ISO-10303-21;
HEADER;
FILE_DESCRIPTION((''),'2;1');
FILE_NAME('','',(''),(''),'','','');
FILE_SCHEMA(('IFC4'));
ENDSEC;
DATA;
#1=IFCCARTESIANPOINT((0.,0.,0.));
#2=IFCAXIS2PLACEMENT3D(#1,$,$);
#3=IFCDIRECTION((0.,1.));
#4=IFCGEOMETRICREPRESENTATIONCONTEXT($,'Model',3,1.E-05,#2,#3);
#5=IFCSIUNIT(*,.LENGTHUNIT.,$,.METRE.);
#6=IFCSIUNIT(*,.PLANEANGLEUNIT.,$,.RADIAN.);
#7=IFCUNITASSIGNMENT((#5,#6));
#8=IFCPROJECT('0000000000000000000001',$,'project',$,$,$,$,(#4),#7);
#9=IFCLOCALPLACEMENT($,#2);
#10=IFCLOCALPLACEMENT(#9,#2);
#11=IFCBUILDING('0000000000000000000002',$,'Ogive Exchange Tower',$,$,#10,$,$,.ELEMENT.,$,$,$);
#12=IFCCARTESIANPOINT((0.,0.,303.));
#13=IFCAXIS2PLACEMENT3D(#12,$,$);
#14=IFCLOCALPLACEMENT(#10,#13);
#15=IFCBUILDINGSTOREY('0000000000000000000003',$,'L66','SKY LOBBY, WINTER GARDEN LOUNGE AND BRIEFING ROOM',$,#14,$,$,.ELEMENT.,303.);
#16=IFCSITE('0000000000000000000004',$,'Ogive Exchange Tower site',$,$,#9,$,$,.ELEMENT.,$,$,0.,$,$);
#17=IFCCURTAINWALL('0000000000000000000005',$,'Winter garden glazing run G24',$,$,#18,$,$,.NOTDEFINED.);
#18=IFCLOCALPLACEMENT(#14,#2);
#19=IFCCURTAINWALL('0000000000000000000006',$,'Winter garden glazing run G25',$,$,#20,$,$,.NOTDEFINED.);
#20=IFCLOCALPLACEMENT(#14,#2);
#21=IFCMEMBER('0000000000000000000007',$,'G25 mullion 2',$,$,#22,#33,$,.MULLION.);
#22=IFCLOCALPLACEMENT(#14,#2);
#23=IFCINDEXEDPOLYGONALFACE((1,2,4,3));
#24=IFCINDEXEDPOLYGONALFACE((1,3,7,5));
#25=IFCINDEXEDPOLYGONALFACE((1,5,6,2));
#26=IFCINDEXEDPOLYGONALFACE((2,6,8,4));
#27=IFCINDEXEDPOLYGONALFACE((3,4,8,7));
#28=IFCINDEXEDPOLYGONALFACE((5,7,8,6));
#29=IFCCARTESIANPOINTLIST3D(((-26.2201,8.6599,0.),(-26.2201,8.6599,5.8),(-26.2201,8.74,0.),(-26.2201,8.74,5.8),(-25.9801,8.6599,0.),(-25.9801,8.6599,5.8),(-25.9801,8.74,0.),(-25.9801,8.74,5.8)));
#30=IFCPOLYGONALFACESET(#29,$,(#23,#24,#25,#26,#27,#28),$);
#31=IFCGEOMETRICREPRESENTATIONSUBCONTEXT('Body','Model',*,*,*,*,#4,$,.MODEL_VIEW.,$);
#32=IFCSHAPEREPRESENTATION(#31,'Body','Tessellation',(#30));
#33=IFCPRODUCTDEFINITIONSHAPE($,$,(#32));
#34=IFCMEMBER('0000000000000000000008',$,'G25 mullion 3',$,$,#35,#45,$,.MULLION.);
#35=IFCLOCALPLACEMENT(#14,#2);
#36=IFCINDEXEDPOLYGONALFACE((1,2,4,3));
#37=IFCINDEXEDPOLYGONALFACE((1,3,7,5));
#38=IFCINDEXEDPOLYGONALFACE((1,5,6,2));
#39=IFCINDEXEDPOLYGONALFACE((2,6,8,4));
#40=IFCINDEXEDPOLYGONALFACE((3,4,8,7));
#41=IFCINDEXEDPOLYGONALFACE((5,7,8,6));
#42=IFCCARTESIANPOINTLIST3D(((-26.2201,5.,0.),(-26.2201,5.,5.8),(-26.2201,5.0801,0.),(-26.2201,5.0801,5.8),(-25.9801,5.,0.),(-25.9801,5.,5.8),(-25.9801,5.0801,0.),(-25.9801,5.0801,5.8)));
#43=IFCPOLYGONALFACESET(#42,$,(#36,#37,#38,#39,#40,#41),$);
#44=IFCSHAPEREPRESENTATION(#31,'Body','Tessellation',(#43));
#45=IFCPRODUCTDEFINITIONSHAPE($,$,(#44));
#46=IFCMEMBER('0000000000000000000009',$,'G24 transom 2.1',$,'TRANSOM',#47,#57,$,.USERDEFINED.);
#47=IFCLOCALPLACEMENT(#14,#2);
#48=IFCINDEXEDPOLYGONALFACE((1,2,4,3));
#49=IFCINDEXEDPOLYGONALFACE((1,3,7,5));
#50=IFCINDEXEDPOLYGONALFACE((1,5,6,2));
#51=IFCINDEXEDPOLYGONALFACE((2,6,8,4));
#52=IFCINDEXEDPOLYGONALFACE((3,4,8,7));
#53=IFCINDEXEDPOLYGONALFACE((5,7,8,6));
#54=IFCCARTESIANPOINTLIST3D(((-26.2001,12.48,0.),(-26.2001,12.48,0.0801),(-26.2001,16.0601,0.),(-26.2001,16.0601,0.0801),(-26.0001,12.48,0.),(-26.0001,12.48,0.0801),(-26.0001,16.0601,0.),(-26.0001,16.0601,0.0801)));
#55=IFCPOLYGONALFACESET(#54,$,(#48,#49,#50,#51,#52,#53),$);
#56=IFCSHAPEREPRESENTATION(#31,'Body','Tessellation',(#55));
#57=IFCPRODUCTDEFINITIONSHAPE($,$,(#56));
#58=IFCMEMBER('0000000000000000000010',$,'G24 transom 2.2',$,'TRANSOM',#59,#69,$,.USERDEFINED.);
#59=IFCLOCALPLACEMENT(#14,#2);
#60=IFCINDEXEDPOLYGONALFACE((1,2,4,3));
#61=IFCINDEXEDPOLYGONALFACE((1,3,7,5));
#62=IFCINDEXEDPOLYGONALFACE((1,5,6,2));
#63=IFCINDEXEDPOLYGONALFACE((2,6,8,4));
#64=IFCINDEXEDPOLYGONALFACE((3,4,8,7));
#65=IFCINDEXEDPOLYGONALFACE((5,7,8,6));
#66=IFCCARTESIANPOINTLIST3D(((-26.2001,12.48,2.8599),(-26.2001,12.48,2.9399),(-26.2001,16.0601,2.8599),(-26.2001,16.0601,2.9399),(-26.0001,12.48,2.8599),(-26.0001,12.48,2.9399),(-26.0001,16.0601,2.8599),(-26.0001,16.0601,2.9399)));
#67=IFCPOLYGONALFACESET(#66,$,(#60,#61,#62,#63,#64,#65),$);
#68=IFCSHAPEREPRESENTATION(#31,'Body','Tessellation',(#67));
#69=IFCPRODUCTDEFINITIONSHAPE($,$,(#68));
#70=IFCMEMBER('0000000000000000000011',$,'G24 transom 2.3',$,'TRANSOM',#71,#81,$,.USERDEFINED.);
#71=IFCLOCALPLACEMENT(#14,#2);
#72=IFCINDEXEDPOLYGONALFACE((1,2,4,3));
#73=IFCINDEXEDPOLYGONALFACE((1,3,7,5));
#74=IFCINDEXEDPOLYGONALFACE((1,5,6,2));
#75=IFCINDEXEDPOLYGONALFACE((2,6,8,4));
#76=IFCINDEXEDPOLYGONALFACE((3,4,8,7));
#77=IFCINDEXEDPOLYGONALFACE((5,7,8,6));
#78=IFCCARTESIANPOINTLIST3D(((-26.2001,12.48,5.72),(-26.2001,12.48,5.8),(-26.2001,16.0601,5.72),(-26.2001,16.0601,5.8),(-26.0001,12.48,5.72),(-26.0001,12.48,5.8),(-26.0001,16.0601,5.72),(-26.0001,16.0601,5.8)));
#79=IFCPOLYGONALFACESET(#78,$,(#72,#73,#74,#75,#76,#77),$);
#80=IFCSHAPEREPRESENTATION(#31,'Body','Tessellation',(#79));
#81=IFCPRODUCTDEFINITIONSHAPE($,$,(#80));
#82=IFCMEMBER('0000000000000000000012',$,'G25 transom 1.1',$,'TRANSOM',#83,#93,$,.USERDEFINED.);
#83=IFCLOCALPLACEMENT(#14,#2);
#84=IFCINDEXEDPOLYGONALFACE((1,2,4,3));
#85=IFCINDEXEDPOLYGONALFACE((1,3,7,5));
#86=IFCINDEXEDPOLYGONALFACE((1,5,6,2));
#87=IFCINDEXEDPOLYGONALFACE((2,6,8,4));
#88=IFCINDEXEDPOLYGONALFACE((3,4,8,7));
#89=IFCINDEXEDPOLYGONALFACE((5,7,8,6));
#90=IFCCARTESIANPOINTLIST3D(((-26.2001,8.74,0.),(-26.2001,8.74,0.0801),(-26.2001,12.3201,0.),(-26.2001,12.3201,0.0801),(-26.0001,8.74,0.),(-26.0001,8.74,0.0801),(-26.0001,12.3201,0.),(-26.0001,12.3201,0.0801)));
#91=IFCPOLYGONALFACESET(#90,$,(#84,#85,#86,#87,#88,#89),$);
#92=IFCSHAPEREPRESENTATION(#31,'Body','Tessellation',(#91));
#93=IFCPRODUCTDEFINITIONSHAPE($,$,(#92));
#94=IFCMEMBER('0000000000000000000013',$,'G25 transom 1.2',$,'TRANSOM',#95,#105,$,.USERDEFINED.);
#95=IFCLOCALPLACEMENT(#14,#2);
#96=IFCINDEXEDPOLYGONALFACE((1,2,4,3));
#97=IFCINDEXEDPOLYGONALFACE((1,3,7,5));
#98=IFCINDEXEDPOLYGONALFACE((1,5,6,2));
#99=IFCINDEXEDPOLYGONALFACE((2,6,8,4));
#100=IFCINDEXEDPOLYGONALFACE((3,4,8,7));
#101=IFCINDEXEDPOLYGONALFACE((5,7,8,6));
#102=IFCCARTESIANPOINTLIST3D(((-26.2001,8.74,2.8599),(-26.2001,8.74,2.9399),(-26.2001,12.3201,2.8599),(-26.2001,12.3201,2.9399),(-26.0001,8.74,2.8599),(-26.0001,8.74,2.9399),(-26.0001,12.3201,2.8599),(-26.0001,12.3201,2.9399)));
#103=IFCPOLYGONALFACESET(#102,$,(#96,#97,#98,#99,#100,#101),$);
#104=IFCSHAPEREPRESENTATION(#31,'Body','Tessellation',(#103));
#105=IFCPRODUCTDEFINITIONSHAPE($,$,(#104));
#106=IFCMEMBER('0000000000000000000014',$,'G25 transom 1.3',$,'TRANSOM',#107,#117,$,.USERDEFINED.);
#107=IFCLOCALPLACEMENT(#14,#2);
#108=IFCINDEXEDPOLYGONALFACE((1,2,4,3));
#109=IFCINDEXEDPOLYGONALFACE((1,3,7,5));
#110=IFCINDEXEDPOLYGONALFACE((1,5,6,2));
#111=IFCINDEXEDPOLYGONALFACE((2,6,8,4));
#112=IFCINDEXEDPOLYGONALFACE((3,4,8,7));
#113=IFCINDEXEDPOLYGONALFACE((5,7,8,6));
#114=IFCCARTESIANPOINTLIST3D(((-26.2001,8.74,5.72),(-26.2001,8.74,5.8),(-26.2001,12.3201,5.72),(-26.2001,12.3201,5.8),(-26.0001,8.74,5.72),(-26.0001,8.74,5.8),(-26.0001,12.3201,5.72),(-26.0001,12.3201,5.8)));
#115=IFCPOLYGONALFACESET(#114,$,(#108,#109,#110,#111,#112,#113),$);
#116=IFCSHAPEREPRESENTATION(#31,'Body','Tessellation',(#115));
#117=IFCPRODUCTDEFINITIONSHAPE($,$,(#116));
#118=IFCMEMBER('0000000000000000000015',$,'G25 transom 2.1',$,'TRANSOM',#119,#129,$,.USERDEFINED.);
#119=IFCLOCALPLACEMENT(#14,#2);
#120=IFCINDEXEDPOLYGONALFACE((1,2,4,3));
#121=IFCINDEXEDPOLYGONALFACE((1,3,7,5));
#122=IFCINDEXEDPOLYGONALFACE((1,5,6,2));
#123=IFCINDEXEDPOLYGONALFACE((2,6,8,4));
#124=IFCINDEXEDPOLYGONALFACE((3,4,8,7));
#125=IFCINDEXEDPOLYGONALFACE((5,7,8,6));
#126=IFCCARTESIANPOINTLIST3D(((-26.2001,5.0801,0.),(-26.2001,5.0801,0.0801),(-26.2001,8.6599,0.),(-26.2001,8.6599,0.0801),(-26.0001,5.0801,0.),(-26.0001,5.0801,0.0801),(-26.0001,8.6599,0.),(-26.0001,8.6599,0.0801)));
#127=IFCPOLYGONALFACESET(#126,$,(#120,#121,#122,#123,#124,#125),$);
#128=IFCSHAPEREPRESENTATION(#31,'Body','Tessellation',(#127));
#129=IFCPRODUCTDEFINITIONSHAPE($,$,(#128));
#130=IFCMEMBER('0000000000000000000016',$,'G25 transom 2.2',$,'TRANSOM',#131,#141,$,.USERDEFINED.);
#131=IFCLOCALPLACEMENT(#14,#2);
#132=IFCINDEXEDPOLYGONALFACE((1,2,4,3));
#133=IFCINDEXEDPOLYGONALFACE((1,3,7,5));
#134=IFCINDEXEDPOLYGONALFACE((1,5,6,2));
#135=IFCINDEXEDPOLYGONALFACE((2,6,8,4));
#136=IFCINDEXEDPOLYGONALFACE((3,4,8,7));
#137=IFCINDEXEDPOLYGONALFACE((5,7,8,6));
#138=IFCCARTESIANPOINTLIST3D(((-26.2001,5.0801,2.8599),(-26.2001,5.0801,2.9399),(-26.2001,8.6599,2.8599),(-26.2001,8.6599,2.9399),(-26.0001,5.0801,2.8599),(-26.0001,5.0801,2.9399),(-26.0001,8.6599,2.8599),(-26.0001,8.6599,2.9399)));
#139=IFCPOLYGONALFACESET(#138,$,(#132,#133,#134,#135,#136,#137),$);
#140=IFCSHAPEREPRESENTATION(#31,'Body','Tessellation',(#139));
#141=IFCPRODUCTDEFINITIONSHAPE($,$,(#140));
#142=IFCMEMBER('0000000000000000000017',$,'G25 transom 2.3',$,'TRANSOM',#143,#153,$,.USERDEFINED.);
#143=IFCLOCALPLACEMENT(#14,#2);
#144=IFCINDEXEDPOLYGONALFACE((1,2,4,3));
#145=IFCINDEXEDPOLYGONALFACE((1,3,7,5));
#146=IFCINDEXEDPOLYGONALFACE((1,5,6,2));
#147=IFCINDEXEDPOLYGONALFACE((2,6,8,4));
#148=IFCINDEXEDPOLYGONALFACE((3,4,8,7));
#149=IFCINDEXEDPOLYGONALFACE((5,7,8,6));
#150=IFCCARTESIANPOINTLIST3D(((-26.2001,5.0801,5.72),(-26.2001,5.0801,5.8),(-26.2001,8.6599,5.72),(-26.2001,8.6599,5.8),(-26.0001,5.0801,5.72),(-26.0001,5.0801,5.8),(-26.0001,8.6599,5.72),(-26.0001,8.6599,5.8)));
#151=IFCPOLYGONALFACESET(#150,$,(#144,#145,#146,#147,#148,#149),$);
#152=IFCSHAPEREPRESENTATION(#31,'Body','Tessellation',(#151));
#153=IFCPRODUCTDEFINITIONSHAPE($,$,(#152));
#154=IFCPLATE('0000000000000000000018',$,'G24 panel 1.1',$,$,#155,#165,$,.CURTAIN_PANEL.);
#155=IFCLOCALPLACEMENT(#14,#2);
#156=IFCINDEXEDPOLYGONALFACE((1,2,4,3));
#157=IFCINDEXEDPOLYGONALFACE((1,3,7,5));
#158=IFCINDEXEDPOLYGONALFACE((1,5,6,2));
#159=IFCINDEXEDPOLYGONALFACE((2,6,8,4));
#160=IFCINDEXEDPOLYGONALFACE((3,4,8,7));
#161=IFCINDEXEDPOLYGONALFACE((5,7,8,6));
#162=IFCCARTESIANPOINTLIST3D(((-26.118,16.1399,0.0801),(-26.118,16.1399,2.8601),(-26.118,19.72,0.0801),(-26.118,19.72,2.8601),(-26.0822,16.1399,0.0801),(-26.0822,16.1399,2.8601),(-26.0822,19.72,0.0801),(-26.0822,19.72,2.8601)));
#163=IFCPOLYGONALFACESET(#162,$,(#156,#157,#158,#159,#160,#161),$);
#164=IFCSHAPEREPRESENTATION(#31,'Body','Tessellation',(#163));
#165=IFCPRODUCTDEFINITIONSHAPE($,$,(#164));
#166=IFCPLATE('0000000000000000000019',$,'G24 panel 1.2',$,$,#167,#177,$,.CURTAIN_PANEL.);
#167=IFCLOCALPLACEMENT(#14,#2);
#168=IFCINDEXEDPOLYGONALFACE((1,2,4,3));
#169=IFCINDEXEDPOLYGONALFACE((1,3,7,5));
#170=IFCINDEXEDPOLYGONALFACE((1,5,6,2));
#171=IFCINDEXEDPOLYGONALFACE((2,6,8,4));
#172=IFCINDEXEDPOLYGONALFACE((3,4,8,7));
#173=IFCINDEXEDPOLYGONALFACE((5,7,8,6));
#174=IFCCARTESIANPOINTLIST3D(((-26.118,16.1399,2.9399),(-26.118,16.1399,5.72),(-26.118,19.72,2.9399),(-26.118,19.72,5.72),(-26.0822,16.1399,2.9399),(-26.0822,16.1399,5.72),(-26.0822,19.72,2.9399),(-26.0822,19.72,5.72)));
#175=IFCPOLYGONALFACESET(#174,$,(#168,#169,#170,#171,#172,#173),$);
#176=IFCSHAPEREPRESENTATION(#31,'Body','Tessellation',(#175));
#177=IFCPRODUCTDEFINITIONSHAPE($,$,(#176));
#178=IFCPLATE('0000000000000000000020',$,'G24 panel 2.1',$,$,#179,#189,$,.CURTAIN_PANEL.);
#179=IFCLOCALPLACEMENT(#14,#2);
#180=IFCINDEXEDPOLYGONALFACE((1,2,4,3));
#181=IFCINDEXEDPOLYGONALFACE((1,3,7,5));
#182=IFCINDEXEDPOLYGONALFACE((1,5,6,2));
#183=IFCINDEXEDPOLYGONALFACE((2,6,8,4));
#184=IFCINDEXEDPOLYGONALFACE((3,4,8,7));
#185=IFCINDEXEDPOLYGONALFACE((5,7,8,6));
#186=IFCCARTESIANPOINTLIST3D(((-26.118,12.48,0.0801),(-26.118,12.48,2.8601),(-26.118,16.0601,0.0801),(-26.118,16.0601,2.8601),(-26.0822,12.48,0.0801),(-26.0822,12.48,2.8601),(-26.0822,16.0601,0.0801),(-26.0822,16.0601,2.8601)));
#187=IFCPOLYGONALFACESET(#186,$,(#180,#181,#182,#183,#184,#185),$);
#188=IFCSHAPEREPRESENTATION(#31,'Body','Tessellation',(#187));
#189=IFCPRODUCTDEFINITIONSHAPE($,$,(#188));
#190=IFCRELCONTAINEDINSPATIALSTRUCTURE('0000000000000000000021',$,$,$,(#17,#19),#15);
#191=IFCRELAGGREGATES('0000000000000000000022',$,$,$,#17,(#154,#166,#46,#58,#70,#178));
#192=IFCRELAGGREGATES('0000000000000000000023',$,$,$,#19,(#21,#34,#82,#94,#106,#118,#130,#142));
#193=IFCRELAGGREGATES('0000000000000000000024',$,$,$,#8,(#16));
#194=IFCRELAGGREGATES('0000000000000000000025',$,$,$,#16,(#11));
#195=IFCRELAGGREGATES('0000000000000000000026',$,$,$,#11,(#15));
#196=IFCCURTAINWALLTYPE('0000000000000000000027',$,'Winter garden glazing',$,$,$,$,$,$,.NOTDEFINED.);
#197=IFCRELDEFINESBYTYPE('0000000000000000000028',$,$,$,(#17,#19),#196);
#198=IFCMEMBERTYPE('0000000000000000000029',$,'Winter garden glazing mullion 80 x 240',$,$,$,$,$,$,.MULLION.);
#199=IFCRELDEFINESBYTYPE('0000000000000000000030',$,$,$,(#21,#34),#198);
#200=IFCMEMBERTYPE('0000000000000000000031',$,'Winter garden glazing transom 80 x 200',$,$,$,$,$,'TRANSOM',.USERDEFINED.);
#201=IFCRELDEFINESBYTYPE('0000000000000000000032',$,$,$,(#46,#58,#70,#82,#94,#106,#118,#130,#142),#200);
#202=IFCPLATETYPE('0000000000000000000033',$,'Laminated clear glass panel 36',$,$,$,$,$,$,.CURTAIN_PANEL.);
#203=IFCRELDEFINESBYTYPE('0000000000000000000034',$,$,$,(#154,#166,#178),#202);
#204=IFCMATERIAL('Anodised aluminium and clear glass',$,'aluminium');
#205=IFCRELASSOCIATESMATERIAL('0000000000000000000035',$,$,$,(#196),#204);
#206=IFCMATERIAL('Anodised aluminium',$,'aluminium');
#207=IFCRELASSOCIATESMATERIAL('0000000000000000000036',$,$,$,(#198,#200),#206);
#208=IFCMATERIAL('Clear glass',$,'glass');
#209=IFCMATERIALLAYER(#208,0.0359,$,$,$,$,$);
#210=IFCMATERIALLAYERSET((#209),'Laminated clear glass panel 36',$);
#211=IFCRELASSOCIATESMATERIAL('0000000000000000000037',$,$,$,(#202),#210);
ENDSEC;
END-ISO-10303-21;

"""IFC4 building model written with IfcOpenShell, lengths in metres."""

from ifc_helpers import new_model, si_unit, direction, frame, origin, origin_2d, place, context, subcontext, project, spatial, rectangle, extrude, material, layer, layer_set, material_profile, profile_set, type_object, element, aggregate, save


model = new_model("IFC4")

# Units and contexts
model_context = context("Model", 3, precision=1e-05, world=origin(), true_north=direction((0.0, 1.0)))
body_context = subcontext(model_context, "Body", "Model", "MODEL_VIEW")
ifc_project = project(units=[si_unit("LENGTHUNIT", "METRE"), si_unit("PLANEANGLEUNIT", "RADIAN")], contexts=[model_context])

# Site, building, storey
site_placement = place(None, origin())
site = spatial("IfcSite", under=ifc_project, at=site_placement, Name="Ogive Exchange Tower site", CompositionType="ELEMENT", RefElevation=0.0)
building_placement = place(site_placement, origin())
building = spatial("IfcBuilding", under=site, at=building_placement, Name="Ogive Exchange Tower", CompositionType="ELEMENT")
storey_placement = place(building_placement, frame((0.0, 0.0, 303.0)))
storey = spatial("IfcBuildingStorey", under=building, at=storey_placement, Name="L66", Description="SKY LOBBY, WINTER GARDEN LOUNGE AND BRIEFING ROOM", CompositionType="ELEMENT", Elevation=303.0)

# Curtain walls, members
ifc_material_1 = material(Name="Anodised aluminium and clear glass", Category="aluminium")
curtain_wall_type = type_object("IfcCurtainWallType", Name="Winter garden glazing", PredefinedType="NOTDEFINED", material=ifc_material_1)
curtain_wall_1_placement = place(storey_placement, origin())
curtain_wall_1 = element("IfcCurtainWall", 1, at=curtain_wall_1_placement, inside=storey, type_object=curtain_wall_type, Name="Winter garden glazing run G24", PredefinedType="NOTDEFINED")
ifc_material_2 = material(Name="Anodised aluminium", Category="aluminium")
ifc_material_profile_1 = material_profile(ifc_material_2, rectangle(XDim=0.24, YDim=0.0801, at=origin_2d()), Name="AL 80x240")
ifc_profile_set_1 = profile_set([ifc_material_profile_1], Name="Anodised aluminium")
member_type_1 = type_object("IfcMemberType", Name="Winter garden glazing mullion 80 x 240", PredefinedType="MULLION", material=ifc_profile_set_1)
curtain_wall_2_placement = place(storey_placement, origin())
curtain_wall_2 = element("IfcCurtainWall", 2, at=curtain_wall_2_placement, inside=storey, type_object=curtain_wall_type, Name="Winter garden glazing run G25", PredefinedType="NOTDEFINED")
member_1_placement = place(storey_placement, frame((-26.1001, 8.7, 0.0), z_axis=(0.0, 0.0, 1.0), x_axis=(1.0, 0.0, 0.0)))
member_1 = element("IfcMember", 3, at=member_1_placement, type_object=member_type_1, Name="G25 mullion 2", PredefinedType="MULLION", context=body_context, shape_type="SweptSolid", body=[
    extrude(rectangle(XDim=0.24, YDim=0.0801, at=origin_2d()), origin(), (0.0, 0.0, 1.0), 5.8),
])
member_2_placement = place(storey_placement, frame((-26.1001, 5.04, 0.0), z_axis=(0.0, 0.0, 1.0), x_axis=(1.0, 0.0, 0.0)))
member_2 = element("IfcMember", 4, at=member_2_placement, type_object=member_type_1, Name="G25 mullion 3", PredefinedType="MULLION", context=body_context, shape_type="SweptSolid", body=[
    extrude(rectangle(XDim=0.24, YDim=0.0801, at=origin_2d()), origin(), (0.0, 0.0, 1.0), 5.8),
])

# Members
ifc_material_profile_2 = material_profile(ifc_material_2, rectangle(XDim=0.2, YDim=0.0801, at=origin_2d()), Name="AL 80x200")
ifc_profile_set_2 = profile_set([ifc_material_profile_2], Name="Anodised aluminium")
member_type_2 = type_object("IfcMemberType", Name="Winter garden glazing transom 80 x 200", ElementType="TRANSOM", PredefinedType="USERDEFINED", material=ifc_profile_set_2)
member_3_placement = place(storey_placement, frame((-26.1001, 16.0601, 0.04), z_axis=(0.0, -1.0, 0.0), x_axis=(1.0, 0.0, 0.0)))
member_3 = element("IfcMember", 5, at=member_3_placement, type_object=member_type_2, Name="G24 transom 2.1", ObjectType="TRANSOM", PredefinedType="USERDEFINED", context=body_context, shape_type="SweptSolid", body=[
    extrude(rectangle(XDim=0.2, YDim=0.0801, at=origin_2d()), origin(), (0.0, 0.0, 1.0), 3.5801),
])
member_4_placement = place(storey_placement, frame((-26.1001, 16.0601, 2.8999), z_axis=(0.0, -1.0, 0.0), x_axis=(1.0, 0.0, 0.0)))
member_4 = element("IfcMember", 6, at=member_4_placement, type_object=member_type_2, Name="G24 transom 2.2", ObjectType="TRANSOM", PredefinedType="USERDEFINED", context=body_context, shape_type="SweptSolid", body=[
    extrude(rectangle(XDim=0.2, YDim=0.0801, at=origin_2d()), origin(), (0.0, 0.0, 1.0), 3.5801),
])
member_5_placement = place(storey_placement, frame((-26.1001, 16.0601, 5.76), z_axis=(0.0, -1.0, 0.0), x_axis=(1.0, 0.0, 0.0)))
member_5 = element("IfcMember", 7, at=member_5_placement, type_object=member_type_2, Name="G24 transom 2.3", ObjectType="TRANSOM", PredefinedType="USERDEFINED", context=body_context, shape_type="SweptSolid", body=[
    extrude(rectangle(XDim=0.2, YDim=0.0801, at=origin_2d()), origin(), (0.0, 0.0, 1.0), 3.5801),
])
member_6_placement = place(storey_placement, frame((-26.1001, 12.3201, 0.04), z_axis=(0.0, -1.0, 0.0), x_axis=(1.0, 0.0, 0.0)))
member_6 = element("IfcMember", 8, at=member_6_placement, type_object=member_type_2, Name="G25 transom 1.1", ObjectType="TRANSOM", PredefinedType="USERDEFINED", context=body_context, shape_type="SweptSolid", body=[
    extrude(rectangle(XDim=0.2, YDim=0.0801, at=origin_2d()), origin(), (0.0, 0.0, 1.0), 3.5801),
])
member_7_placement = place(storey_placement, frame((-26.1001, 12.3201, 2.8999), z_axis=(0.0, -1.0, 0.0), x_axis=(1.0, 0.0, 0.0)))
member_7 = element("IfcMember", 9, at=member_7_placement, type_object=member_type_2, Name="G25 transom 1.2", ObjectType="TRANSOM", PredefinedType="USERDEFINED", context=body_context, shape_type="SweptSolid", body=[
    extrude(rectangle(XDim=0.2, YDim=0.0801, at=origin_2d()), origin(), (0.0, 0.0, 1.0), 3.5801),
])
member_8_placement = place(storey_placement, frame((-26.1001, 12.3201, 5.76), z_axis=(0.0, -1.0, 0.0), x_axis=(1.0, 0.0, 0.0)))
member_8 = element("IfcMember", 10, at=member_8_placement, type_object=member_type_2, Name="G25 transom 1.3", ObjectType="TRANSOM", PredefinedType="USERDEFINED", context=body_context, shape_type="SweptSolid", body=[
    extrude(rectangle(XDim=0.2, YDim=0.0801, at=origin_2d()), origin(), (0.0, 0.0, 1.0), 3.5801),
])
member_9_placement = place(storey_placement, frame((-26.1001, 8.6599, 0.04), z_axis=(0.0, -1.0, 0.0), x_axis=(1.0, 0.0, 0.0)))
member_9 = element("IfcMember", 11, at=member_9_placement, type_object=member_type_2, Name="G25 transom 2.1", ObjectType="TRANSOM", PredefinedType="USERDEFINED", context=body_context, shape_type="SweptSolid", body=[
    extrude(rectangle(XDim=0.2, YDim=0.0801, at=origin_2d()), origin(), (0.0, 0.0, 1.0), 3.5798),
])
member_10_placement = place(storey_placement, frame((-26.1001, 8.6599, 2.8999), z_axis=(0.0, -1.0, 0.0), x_axis=(1.0, 0.0, 0.0)))
member_10 = element("IfcMember", 12, at=member_10_placement, type_object=member_type_2, Name="G25 transom 2.2", ObjectType="TRANSOM", PredefinedType="USERDEFINED", context=body_context, shape_type="SweptSolid", body=[
    extrude(rectangle(XDim=0.2, YDim=0.0801, at=origin_2d()), origin(), (0.0, 0.0, 1.0), 3.5798),
])
member_11_placement = place(storey_placement, frame((-26.1001, 8.6599, 5.76), z_axis=(0.0, -1.0, 0.0), x_axis=(1.0, 0.0, 0.0)))
member_11 = element("IfcMember", 13, at=member_11_placement, type_object=member_type_2, Name="G25 transom 2.3", ObjectType="TRANSOM", PredefinedType="USERDEFINED", context=body_context, shape_type="SweptSolid", body=[
    extrude(rectangle(XDim=0.2, YDim=0.0801, at=origin_2d()), origin(), (0.0, 0.0, 1.0), 3.5798),
])

# Plates
ifc_material_3 = material(Name="Clear glass", Category="glass")
ifc_layer_1 = layer(ifc_material_3, 0.0359)
ifc_layer_set_1 = layer_set([ifc_layer_1], Name="Laminated clear glass panel 36")
plate_type = type_object("IfcPlateType", Name="Laminated clear glass panel 36", PredefinedType="CURTAIN_PANEL", material=ifc_layer_set_1)
plate_1_placement = place(storey_placement, frame((-26.1001, 17.9299, 0.0801), z_axis=(0.0, 0.0, 1.0), x_axis=(0.0, -1.0, 0.0)))
plate_1 = element("IfcPlate", 14, at=plate_1_placement, type_object=plate_type, Name="G24 panel 1.1", PredefinedType="CURTAIN_PANEL", context=body_context, shape_type="SweptSolid", body=[
    extrude(rectangle(XDim=3.5801, YDim=0.0359, at=origin_2d()), origin(), (0.0, 0.0, 1.0), 2.78),
])
plate_2_placement = place(storey_placement, frame((-26.1001, 17.9299, 2.9399), z_axis=(0.0, 0.0, 1.0), x_axis=(0.0, -1.0, 0.0)))
plate_2 = element("IfcPlate", 15, at=plate_2_placement, type_object=plate_type, Name="G24 panel 1.2", PredefinedType="CURTAIN_PANEL", context=body_context, shape_type="SweptSolid", body=[
    extrude(rectangle(XDim=3.5801, YDim=0.0359, at=origin_2d()), origin(), (0.0, 0.0, 1.0), 2.78),
])
plate_3_placement = place(storey_placement, frame((-26.1001, 14.27, 0.0801), z_axis=(0.0, 0.0, 1.0), x_axis=(0.0, -1.0, 0.0)))
plate_3 = element("IfcPlate", 16, at=plate_3_placement, type_object=plate_type, Name="G24 panel 2.1", PredefinedType="CURTAIN_PANEL", context=body_context, shape_type="SweptSolid", body=[
    extrude(rectangle(XDim=3.5801, YDim=0.0359, at=origin_2d()), origin(), (0.0, 0.0, 1.0), 2.78),
])
aggregate(curtain_wall_1, [plate_1, plate_2, member_3, member_4, member_5, plate_3])
aggregate(curtain_wall_2, [member_1, member_2, member_6, member_7, member_8, member_9, member_10, member_11])

save(model, "model.ifc")
